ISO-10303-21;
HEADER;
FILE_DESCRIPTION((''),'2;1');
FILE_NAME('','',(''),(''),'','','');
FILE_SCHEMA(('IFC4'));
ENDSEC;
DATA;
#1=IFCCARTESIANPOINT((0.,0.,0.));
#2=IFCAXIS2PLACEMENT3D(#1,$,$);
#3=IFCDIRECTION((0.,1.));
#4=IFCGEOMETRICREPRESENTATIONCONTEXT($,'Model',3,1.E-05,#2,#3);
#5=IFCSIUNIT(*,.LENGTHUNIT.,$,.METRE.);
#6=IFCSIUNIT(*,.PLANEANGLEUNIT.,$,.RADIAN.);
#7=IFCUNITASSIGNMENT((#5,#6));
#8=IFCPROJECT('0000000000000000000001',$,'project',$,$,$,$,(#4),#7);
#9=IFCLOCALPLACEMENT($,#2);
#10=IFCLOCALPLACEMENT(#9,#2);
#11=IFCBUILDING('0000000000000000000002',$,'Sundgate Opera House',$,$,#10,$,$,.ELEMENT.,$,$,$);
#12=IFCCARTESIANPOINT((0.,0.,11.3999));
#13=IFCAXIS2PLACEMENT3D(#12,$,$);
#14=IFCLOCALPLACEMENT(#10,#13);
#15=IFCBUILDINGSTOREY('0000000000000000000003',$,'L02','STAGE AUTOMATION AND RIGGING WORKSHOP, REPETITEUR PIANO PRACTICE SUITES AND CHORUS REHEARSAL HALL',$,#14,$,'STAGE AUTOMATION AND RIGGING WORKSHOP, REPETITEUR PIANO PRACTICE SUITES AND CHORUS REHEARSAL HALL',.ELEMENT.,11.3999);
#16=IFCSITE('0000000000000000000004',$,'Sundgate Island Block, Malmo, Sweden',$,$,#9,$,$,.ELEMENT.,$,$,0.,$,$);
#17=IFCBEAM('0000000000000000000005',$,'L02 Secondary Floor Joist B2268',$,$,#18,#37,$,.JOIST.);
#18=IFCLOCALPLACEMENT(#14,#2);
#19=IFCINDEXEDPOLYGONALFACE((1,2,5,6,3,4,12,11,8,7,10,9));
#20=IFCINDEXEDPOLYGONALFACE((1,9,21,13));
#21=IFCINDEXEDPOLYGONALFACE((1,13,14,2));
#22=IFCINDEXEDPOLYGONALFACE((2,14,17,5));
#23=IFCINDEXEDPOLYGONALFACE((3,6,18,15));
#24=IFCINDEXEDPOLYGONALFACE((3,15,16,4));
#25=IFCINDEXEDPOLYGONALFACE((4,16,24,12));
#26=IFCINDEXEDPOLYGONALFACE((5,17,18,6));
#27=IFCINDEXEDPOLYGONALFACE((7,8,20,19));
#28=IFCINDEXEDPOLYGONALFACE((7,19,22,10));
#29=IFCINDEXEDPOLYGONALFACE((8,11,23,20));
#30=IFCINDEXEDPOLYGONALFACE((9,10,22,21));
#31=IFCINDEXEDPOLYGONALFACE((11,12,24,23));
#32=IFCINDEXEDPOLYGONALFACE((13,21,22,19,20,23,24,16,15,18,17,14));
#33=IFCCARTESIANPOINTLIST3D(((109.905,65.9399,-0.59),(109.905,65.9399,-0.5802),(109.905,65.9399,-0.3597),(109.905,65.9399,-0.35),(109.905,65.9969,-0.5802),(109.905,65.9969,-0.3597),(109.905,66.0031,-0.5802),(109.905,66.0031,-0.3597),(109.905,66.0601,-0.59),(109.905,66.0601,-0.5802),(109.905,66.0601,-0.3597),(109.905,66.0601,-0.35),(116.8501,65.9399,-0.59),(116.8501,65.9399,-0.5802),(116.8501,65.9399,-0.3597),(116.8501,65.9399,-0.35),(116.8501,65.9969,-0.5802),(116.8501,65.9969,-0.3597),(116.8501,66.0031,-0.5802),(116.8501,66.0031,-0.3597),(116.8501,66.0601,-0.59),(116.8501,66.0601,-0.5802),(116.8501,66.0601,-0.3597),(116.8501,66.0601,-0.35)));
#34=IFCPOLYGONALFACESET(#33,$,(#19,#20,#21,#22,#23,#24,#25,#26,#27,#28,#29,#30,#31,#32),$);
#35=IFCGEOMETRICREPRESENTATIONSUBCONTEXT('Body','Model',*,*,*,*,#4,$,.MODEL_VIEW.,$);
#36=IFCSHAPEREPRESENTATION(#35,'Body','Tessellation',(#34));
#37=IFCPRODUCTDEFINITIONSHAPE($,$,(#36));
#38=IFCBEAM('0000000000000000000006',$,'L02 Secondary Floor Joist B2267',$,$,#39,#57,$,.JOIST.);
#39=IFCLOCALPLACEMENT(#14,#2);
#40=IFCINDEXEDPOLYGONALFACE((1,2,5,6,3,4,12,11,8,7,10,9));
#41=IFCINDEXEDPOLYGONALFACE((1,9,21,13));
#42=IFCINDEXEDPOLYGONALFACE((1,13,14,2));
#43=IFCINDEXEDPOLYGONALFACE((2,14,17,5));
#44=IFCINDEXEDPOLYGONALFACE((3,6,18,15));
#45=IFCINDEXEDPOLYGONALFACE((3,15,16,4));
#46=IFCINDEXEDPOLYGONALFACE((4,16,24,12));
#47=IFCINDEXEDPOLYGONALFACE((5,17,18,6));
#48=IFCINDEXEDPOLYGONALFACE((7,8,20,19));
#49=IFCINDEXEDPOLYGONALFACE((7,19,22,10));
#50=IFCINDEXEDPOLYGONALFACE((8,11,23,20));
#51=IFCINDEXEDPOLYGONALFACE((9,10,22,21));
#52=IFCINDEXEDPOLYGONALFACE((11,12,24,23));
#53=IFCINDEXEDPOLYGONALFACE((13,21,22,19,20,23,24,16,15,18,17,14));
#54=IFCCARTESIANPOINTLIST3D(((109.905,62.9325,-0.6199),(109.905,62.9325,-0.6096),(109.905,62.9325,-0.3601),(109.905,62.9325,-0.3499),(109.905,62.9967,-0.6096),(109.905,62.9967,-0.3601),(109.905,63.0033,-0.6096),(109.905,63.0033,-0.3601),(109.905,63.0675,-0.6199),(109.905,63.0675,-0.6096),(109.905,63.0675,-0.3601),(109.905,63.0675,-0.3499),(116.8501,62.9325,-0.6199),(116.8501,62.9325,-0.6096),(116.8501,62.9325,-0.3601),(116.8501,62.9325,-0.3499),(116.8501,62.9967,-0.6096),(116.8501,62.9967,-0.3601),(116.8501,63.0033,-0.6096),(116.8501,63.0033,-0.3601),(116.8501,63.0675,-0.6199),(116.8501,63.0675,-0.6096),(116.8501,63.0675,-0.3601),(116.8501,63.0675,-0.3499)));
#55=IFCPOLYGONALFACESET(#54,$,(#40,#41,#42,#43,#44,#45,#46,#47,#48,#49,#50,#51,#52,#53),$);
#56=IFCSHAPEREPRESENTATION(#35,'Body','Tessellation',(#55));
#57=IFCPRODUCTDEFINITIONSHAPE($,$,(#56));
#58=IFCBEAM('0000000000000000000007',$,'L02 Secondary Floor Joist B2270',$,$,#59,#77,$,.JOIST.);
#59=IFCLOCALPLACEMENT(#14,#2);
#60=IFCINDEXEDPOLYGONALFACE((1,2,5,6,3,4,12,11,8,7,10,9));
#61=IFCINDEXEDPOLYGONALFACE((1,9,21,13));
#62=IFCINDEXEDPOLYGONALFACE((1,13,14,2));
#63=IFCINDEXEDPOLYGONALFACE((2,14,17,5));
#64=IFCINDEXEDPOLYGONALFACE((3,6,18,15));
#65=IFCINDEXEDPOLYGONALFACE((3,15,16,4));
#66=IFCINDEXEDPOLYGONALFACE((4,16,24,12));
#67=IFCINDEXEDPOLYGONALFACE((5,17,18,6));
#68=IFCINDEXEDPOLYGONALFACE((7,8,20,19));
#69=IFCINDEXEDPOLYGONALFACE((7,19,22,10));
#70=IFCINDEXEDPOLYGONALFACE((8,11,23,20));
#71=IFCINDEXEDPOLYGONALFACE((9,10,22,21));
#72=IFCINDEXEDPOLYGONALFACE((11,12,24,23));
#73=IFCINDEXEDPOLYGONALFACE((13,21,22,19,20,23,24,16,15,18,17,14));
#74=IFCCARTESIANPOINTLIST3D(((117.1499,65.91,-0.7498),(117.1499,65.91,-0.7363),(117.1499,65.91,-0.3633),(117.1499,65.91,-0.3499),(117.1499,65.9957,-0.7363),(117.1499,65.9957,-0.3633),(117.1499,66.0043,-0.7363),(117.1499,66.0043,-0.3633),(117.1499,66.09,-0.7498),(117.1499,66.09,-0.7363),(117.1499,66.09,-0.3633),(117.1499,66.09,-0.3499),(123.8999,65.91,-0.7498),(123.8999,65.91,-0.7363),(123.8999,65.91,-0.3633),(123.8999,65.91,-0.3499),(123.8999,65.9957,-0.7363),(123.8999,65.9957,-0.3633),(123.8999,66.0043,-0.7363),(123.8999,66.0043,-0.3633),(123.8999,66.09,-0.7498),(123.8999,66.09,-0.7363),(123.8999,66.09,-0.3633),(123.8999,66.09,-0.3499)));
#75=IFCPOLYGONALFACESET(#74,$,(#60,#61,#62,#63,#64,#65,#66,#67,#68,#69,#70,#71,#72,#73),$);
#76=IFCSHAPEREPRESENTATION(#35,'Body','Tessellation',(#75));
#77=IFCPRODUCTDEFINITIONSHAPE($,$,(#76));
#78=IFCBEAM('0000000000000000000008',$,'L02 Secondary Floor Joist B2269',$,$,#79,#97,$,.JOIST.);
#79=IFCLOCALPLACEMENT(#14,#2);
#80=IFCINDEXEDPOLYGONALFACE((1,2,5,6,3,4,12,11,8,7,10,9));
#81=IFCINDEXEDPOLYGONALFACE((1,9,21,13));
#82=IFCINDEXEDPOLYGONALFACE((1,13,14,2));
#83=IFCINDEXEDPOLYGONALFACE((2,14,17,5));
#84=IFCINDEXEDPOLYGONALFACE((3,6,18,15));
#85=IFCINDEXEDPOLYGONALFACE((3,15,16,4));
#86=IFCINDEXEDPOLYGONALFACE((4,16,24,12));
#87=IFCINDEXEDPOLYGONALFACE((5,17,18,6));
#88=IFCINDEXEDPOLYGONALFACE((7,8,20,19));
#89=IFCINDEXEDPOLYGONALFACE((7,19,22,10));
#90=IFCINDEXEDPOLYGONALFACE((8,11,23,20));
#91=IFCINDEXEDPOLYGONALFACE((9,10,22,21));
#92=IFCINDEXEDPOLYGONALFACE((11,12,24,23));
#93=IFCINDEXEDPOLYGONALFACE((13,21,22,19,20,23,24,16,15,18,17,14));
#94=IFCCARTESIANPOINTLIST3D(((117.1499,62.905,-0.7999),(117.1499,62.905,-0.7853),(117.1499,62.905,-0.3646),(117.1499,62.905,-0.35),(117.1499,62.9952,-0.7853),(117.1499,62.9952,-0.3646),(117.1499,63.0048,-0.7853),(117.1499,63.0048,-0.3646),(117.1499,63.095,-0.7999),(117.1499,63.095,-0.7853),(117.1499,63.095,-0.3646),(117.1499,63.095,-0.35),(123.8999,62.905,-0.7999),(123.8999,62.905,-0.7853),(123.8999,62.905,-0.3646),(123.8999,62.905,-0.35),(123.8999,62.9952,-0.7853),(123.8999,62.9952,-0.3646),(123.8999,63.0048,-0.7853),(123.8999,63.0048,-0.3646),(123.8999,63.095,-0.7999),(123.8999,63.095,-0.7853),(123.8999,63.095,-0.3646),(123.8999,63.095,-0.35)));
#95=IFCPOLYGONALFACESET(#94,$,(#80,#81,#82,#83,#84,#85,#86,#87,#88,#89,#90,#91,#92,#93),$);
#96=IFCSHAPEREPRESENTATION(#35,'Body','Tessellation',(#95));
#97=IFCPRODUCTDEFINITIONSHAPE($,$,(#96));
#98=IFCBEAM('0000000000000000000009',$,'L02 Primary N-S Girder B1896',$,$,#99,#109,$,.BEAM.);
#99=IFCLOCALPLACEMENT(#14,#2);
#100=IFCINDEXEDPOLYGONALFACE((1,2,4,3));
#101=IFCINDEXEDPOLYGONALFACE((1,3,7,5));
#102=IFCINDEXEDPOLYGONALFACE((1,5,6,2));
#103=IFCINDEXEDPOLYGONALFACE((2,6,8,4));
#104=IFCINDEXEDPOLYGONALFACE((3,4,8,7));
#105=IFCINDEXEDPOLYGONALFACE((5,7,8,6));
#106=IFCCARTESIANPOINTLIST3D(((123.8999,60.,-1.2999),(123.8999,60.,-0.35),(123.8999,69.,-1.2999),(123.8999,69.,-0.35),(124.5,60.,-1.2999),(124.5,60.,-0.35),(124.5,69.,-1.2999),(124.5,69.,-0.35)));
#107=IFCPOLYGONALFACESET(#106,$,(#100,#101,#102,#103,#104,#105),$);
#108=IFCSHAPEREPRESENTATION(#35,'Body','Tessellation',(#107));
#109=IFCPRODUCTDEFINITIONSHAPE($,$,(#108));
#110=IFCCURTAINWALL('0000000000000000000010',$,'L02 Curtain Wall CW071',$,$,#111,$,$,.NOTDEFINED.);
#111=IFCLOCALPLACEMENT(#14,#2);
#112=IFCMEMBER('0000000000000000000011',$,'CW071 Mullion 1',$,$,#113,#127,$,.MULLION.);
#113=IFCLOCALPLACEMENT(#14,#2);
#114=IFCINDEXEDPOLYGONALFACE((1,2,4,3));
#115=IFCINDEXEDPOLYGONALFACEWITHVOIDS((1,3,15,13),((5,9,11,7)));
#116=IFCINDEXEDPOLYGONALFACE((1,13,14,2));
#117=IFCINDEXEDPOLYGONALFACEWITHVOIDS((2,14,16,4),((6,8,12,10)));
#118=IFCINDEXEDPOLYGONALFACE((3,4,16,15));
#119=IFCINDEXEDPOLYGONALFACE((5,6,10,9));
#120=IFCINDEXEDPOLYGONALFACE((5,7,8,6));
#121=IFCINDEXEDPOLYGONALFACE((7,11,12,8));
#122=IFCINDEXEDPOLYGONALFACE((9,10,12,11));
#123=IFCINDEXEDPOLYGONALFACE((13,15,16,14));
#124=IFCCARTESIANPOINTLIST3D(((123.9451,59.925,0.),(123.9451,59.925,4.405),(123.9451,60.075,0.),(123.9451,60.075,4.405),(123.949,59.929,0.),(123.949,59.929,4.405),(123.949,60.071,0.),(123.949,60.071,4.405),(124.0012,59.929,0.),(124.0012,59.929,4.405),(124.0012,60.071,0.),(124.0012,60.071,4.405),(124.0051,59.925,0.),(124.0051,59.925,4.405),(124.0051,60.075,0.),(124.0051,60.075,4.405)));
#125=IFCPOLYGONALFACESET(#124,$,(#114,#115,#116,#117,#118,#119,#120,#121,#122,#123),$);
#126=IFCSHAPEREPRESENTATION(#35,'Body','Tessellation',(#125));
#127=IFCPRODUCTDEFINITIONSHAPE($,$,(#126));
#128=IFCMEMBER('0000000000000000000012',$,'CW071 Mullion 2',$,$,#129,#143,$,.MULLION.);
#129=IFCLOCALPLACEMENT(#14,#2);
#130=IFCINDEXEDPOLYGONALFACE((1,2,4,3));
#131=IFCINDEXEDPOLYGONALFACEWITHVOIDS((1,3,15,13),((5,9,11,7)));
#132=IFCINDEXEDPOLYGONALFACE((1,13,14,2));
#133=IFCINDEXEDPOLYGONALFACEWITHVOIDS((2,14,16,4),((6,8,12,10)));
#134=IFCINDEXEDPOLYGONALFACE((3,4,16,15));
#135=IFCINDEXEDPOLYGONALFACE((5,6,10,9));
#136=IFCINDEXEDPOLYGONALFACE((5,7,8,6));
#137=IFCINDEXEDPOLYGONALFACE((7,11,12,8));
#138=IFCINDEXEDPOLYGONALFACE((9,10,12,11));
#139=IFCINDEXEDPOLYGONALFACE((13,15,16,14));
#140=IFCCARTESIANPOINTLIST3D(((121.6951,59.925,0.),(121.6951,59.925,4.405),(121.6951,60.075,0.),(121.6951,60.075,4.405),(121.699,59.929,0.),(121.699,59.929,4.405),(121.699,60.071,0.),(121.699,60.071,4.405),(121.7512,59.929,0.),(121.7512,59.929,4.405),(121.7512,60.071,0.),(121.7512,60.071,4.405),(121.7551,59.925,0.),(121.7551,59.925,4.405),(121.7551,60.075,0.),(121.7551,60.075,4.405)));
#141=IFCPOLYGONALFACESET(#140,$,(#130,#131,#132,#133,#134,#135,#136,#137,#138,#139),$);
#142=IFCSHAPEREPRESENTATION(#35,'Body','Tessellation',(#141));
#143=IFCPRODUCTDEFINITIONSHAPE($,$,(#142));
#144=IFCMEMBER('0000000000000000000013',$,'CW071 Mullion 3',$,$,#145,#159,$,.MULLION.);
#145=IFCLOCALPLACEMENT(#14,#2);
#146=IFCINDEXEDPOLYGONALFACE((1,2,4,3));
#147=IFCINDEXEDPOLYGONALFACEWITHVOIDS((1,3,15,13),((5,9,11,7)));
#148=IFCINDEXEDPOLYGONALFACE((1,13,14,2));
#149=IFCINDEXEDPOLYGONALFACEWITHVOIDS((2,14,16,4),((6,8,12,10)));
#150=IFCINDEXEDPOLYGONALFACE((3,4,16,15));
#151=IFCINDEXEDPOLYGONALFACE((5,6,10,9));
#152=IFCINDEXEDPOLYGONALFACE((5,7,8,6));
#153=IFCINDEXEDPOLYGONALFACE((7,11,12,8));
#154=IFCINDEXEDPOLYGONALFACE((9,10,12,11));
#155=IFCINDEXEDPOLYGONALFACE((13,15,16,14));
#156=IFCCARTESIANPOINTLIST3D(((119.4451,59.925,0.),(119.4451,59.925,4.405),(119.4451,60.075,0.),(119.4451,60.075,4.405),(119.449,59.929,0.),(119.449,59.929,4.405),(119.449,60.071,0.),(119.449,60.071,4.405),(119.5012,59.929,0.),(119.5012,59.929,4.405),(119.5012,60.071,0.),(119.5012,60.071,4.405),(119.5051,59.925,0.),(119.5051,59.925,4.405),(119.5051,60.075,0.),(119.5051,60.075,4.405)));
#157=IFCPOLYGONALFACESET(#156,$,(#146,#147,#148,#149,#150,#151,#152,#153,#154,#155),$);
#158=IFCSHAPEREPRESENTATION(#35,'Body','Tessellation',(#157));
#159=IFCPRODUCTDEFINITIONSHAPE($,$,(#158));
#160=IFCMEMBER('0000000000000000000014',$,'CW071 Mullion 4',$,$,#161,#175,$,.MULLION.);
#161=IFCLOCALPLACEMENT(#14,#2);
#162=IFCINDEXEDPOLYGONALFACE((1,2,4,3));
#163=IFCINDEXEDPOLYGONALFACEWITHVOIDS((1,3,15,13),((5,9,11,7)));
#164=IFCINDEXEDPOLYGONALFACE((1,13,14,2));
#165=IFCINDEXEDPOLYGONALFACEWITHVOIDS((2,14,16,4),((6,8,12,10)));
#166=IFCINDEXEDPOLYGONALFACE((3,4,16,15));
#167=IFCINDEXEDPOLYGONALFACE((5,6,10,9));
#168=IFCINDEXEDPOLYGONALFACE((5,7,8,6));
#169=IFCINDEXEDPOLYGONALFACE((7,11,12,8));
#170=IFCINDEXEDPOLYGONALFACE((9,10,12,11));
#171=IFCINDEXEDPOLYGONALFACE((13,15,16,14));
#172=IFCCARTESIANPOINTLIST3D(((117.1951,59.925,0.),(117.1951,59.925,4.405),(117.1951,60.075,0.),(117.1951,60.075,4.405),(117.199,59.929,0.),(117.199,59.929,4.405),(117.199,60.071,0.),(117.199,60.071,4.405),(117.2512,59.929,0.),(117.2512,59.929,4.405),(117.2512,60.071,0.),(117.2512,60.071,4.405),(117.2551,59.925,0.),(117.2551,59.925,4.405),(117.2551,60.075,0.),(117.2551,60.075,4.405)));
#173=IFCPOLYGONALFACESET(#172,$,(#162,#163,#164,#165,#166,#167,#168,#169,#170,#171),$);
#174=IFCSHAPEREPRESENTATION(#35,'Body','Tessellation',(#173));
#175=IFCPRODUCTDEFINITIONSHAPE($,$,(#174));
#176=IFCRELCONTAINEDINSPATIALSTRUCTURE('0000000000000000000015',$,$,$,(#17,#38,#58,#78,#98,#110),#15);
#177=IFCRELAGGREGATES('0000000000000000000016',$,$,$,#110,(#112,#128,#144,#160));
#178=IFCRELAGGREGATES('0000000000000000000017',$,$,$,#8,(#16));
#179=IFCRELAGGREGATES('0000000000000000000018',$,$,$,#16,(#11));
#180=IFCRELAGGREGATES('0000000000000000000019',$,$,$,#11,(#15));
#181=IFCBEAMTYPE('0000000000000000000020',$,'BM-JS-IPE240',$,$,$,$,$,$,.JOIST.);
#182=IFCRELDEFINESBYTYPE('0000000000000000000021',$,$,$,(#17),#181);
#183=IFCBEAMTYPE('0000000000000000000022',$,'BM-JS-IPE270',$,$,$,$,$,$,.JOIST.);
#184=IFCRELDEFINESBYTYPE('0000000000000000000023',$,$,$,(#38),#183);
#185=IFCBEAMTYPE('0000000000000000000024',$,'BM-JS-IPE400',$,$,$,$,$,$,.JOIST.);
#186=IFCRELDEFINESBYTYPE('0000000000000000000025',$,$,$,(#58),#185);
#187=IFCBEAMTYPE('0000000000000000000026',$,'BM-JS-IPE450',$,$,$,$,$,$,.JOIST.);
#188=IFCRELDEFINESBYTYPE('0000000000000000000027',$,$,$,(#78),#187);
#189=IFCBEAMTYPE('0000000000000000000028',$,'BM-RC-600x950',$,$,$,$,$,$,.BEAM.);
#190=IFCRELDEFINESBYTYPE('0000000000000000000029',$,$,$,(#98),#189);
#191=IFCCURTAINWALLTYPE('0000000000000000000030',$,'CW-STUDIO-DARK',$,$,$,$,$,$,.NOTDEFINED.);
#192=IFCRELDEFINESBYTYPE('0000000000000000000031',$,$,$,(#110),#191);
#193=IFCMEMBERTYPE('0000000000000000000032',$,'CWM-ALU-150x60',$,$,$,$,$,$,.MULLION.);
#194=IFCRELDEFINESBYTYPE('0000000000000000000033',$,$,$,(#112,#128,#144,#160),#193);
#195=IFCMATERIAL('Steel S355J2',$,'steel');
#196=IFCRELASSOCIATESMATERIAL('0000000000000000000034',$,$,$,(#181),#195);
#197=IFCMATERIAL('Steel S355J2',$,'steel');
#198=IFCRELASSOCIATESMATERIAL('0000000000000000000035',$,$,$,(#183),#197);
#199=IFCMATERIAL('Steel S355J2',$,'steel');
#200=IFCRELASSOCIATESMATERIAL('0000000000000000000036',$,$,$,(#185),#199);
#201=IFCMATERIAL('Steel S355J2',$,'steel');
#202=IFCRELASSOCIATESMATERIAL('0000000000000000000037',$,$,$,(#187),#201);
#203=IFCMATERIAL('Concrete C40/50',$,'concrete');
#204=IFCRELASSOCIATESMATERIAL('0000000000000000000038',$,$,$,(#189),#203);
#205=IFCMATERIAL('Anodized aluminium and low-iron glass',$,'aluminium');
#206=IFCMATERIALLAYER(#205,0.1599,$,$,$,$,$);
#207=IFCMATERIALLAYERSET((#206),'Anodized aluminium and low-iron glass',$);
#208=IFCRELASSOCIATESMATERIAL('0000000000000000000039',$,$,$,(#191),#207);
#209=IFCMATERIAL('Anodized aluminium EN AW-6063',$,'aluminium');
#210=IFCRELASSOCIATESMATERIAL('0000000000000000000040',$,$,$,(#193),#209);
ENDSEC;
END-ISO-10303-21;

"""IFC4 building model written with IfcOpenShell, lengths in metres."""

from ifc_helpers import new_model, si_unit, direction, frame, origin, origin_2d, place, context, subcontext, project, spatial, rectangle, hollow_rectangle, i_section, extrude, material, layer, layer_set, material_profile, profile_set, type_object, element, aggregate, save


model = new_model("IFC4")

# Units and contexts
model_context = context("Model", 3, precision=1e-05, world=origin(), true_north=direction((0.0, 1.0)))
body_context = subcontext(model_context, "Body", "Model", "MODEL_VIEW")
ifc_project = project(units=[si_unit("LENGTHUNIT", "METRE"), si_unit("PLANEANGLEUNIT", "RADIAN")], contexts=[model_context])

# Site, building, storey
site_placement = place(None, origin())
site = spatial("IfcSite", under=ifc_project, at=site_placement, Name="Sundgate Island Block, Malmo, Sweden", CompositionType="ELEMENT", RefElevation=0.0)
building_placement = place(site_placement, origin())
building = spatial("IfcBuilding", under=site, at=building_placement, Name="Sundgate Opera House", CompositionType="ELEMENT")
storey_placement = place(building_placement, frame((0.0, 0.0, 11.3999)))
storey = spatial("IfcBuildingStorey", under=building, at=storey_placement, Name="L02", Description="STAGE AUTOMATION AND RIGGING WORKSHOP, REPETITEUR PIANO PRACTICE SUITES AND CHORUS REHEARSAL HALL", LongName="STAGE AUTOMATION AND RIGGING WORKSHOP, REPETITEUR PIANO PRACTICE SUITES AND CHORUS REHEARSAL HALL", CompositionType="ELEMENT", Elevation=11.3999)

# Beams
ifc_material_1 = material(Name="Steel S355J2", Category="steel")
ifc_material_profile_1 = material_profile(ifc_material_1, i_section(OverallWidth=0.1201, OverallDepth=0.24, WebThickness=0.0061, FlangeThickness=0.0098, at=origin_2d()), Name="IPE 240")
ifc_profile_set_1 = profile_set([ifc_material_profile_1], Name="Steel S355J2")
beam_type_1 = type_object("IfcBeamType", Name="BM-JS-IPE240", PredefinedType="JOIST", material=ifc_profile_set_1)
beam_1_placement = place(storey_placement, frame((109.905, 66.0, -0.47), z_axis=(1.0, 0.0, 0.0), x_axis=(0.0, 1.0, 0.0)))
element("IfcBeam", 1, at=beam_1_placement, inside=storey, type_object=beam_type_1, Name="L02 Secondary Floor Joist B2268", PredefinedType="JOIST", context=body_context, shape_type="SweptSolid", body=[
    extrude(i_section(OverallWidth=0.1201, OverallDepth=0.24, WebThickness=0.0061, FlangeThickness=0.0098, at=origin_2d()), origin(), (0.0, 0.0, 1.0), 6.9451),
])
ifc_material_2 = material(Name="Steel S355J2", Category="steel")
ifc_material_profile_2 = material_profile(ifc_material_2, i_section(OverallWidth=0.135, OverallDepth=0.27, WebThickness=0.0066, FlangeThickness=0.0103, at=origin_2d()), Name="IPE 270")
ifc_profile_set_2 = profile_set([ifc_material_profile_2], Name="Steel S355J2")
beam_type_2 = type_object("IfcBeamType", Name="BM-JS-IPE270", PredefinedType="JOIST", material=ifc_profile_set_2)
beam_2_placement = place(storey_placement, frame((109.905, 63.0, -0.4849), z_axis=(1.0, 0.0, 0.0), x_axis=(0.0, 1.0, 0.0)))
element("IfcBeam", 2, at=beam_2_placement, inside=storey, type_object=beam_type_2, Name="L02 Secondary Floor Joist B2267", PredefinedType="JOIST", context=body_context, shape_type="SweptSolid", body=[
    extrude(i_section(OverallWidth=0.135, OverallDepth=0.27, WebThickness=0.0066, FlangeThickness=0.0103, at=origin_2d()), origin(), (0.0, 0.0, 1.0), 6.9451),
])
ifc_material_3 = material(Name="Steel S355J2", Category="steel")
ifc_material_profile_3 = material_profile(ifc_material_3, i_section(OverallWidth=0.1799, OverallDepth=0.3999, WebThickness=0.0085, FlangeThickness=0.0134, at=origin_2d()), Name="IPE 400")
ifc_profile_set_3 = profile_set([ifc_material_profile_3], Name="Steel S355J2")
beam_type_3 = type_object("IfcBeamType", Name="BM-JS-IPE400", PredefinedType="JOIST", material=ifc_profile_set_3)
beam_3_placement = place(storey_placement, frame((117.1499, 66.0, -0.5498), z_axis=(1.0, 0.0, 0.0), x_axis=(0.0, 1.0, 0.0)))
element("IfcBeam", 3, at=beam_3_placement, inside=storey, type_object=beam_type_3, Name="L02 Secondary Floor Joist B2270", PredefinedType="JOIST", context=body_context, shape_type="SweptSolid", body=[
    extrude(i_section(OverallWidth=0.1799, OverallDepth=0.3999, WebThickness=0.0085, FlangeThickness=0.0134, at=origin_2d()), origin(), (0.0, 0.0, 1.0), 6.75),
])
ifc_material_4 = material(Name="Steel S355J2", Category="steel")
ifc_material_profile_4 = material_profile(ifc_material_4, i_section(OverallWidth=0.1899, OverallDepth=0.45, WebThickness=0.0095, FlangeThickness=0.0146, at=origin_2d()), Name="IPE 450")
ifc_profile_set_4 = profile_set([ifc_material_profile_4], Name="Steel S355J2")
beam_type_4 = type_object("IfcBeamType", Name="BM-JS-IPE450", PredefinedType="JOIST", material=ifc_profile_set_4)
beam_4_placement = place(storey_placement, frame((117.1499, 63.0, -0.575), z_axis=(1.0, 0.0, 0.0), x_axis=(0.0, 1.0, 0.0)))
element("IfcBeam", 4, at=beam_4_placement, inside=storey, type_object=beam_type_4, Name="L02 Secondary Floor Joist B2269", PredefinedType="JOIST", context=body_context, shape_type="SweptSolid", body=[
    extrude(i_section(OverallWidth=0.1899, OverallDepth=0.45, WebThickness=0.0095, FlangeThickness=0.0146, at=origin_2d()), origin(), (0.0, 0.0, 1.0), 6.75),
])
ifc_material_5 = material(Name="Concrete C40/50", Category="concrete")
ifc_material_profile_5 = material_profile(ifc_material_5, rectangle(XDim=0.6001, YDim=0.95, at=origin_2d()), Name="RC 600x950")
ifc_profile_set_5 = profile_set([ifc_material_profile_5], Name="Concrete C40/50")
beam_type_5 = type_object("IfcBeamType", Name="BM-RC-600x950", PredefinedType="BEAM", material=ifc_profile_set_5)
beam_5_placement = place(storey_placement, frame((124.2, 60.0, -0.825), z_axis=(0.0, 1.0, 0.0), x_axis=(-1.0, 0.0, 0.0)))
element("IfcBeam", 5, at=beam_5_placement, inside=storey, type_object=beam_type_5, Name="L02 Primary N-S Girder B1896", PredefinedType="BEAM", context=body_context, shape_type="SweptSolid", body=[
    extrude(rectangle(XDim=0.6001, YDim=0.95, at=origin_2d()), origin(), (0.0, 0.0, 1.0), 9.0),
])

# Curtain wall, members
ifc_material_6 = material(Name="Anodized aluminium and low-iron glass", Category="aluminium")
ifc_layer_1 = layer(ifc_material_6, 0.1599)
ifc_layer_set_1 = layer_set([ifc_layer_1], Name="Anodized aluminium and low-iron glass")
curtain_wall_type = type_object("IfcCurtainWallType", Name="CW-STUDIO-DARK", PredefinedType="NOTDEFINED", material=ifc_layer_set_1)
curtain_wall_1_placement = place(storey_placement, origin())
curtain_wall_1 = element("IfcCurtainWall", 6, at=curtain_wall_1_placement, inside=storey, type_object=curtain_wall_type, Name="L02 Curtain Wall CW071", PredefinedType="NOTDEFINED")
ifc_material_7 = material(Name="Anodized aluminium EN AW-6063", Category="aluminium")
ifc_material_profile_6 = material_profile(ifc_material_7, hollow_rectangle(XDim=0.0601, YDim=0.1499, WallThickness=0.0039, at=origin_2d()), Name="CWM 150x60x4")
ifc_profile_set_6 = profile_set([ifc_material_profile_6], Name="Anodized aluminium EN AW-6063")
member_type_1 = type_object("IfcMemberType", Name="CWM-ALU-150x60", PredefinedType="MULLION", material=ifc_profile_set_6)
member_1_placement = place(storey_placement, frame((123.9751, 60.0, 0.0), z_axis=(0.0, 0.0, 1.0), x_axis=(1.0, 0.0, 0.0)))
member_1 = element("IfcMember", 7, at=member_1_placement, type_object=member_type_1, Name="CW071 Mullion 1", PredefinedType="MULLION", context=body_context, shape_type="SweptSolid", body=[
    extrude(hollow_rectangle(XDim=0.0601, YDim=0.1499, WallThickness=0.0039, at=origin_2d()), origin(), (0.0, 0.0, 1.0), 4.405),
])
member_2_placement = place(storey_placement, frame((121.7251, 60.0, 0.0), z_axis=(0.0, 0.0, 1.0), x_axis=(1.0, 0.0, 0.0)))
member_2 = element("IfcMember", 8, at=member_2_placement, type_object=member_type_1, Name="CW071 Mullion 2", PredefinedType="MULLION", context=body_context, shape_type="SweptSolid", body=[
    extrude(hollow_rectangle(XDim=0.0601, YDim=0.1499, WallThickness=0.0039, at=origin_2d()), origin(), (0.0, 0.0, 1.0), 4.405),
])
member_3_placement = place(storey_placement, frame((119.4751, 60.0, 0.0), z_axis=(0.0, 0.0, 1.0), x_axis=(1.0, 0.0, 0.0)))
member_3 = element("IfcMember", 9, at=member_3_placement, type_object=member_type_1, Name="CW071 Mullion 3", PredefinedType="MULLION", context=body_context, shape_type="SweptSolid", body=[
    extrude(hollow_rectangle(XDim=0.0601, YDim=0.1499, WallThickness=0.0039, at=origin_2d()), origin(), (0.0, 0.0, 1.0), 4.405),
])
member_4_placement = place(storey_placement, frame((117.2251, 60.0, 0.0), z_axis=(0.0, 0.0, 1.0), x_axis=(1.0, 0.0, 0.0)))
member_4 = element("IfcMember", 10, at=member_4_placement, type_object=member_type_1, Name="CW071 Mullion 4", PredefinedType="MULLION", context=body_context, shape_type="SweptSolid", body=[
    extrude(hollow_rectangle(XDim=0.0601, YDim=0.1499, WallThickness=0.0039, at=origin_2d()), origin(), (0.0, 0.0, 1.0), 4.405),
])

aggregate(curtain_wall_1, [member_1, member_2, member_3, member_4])

save(model, "model.ifc")
